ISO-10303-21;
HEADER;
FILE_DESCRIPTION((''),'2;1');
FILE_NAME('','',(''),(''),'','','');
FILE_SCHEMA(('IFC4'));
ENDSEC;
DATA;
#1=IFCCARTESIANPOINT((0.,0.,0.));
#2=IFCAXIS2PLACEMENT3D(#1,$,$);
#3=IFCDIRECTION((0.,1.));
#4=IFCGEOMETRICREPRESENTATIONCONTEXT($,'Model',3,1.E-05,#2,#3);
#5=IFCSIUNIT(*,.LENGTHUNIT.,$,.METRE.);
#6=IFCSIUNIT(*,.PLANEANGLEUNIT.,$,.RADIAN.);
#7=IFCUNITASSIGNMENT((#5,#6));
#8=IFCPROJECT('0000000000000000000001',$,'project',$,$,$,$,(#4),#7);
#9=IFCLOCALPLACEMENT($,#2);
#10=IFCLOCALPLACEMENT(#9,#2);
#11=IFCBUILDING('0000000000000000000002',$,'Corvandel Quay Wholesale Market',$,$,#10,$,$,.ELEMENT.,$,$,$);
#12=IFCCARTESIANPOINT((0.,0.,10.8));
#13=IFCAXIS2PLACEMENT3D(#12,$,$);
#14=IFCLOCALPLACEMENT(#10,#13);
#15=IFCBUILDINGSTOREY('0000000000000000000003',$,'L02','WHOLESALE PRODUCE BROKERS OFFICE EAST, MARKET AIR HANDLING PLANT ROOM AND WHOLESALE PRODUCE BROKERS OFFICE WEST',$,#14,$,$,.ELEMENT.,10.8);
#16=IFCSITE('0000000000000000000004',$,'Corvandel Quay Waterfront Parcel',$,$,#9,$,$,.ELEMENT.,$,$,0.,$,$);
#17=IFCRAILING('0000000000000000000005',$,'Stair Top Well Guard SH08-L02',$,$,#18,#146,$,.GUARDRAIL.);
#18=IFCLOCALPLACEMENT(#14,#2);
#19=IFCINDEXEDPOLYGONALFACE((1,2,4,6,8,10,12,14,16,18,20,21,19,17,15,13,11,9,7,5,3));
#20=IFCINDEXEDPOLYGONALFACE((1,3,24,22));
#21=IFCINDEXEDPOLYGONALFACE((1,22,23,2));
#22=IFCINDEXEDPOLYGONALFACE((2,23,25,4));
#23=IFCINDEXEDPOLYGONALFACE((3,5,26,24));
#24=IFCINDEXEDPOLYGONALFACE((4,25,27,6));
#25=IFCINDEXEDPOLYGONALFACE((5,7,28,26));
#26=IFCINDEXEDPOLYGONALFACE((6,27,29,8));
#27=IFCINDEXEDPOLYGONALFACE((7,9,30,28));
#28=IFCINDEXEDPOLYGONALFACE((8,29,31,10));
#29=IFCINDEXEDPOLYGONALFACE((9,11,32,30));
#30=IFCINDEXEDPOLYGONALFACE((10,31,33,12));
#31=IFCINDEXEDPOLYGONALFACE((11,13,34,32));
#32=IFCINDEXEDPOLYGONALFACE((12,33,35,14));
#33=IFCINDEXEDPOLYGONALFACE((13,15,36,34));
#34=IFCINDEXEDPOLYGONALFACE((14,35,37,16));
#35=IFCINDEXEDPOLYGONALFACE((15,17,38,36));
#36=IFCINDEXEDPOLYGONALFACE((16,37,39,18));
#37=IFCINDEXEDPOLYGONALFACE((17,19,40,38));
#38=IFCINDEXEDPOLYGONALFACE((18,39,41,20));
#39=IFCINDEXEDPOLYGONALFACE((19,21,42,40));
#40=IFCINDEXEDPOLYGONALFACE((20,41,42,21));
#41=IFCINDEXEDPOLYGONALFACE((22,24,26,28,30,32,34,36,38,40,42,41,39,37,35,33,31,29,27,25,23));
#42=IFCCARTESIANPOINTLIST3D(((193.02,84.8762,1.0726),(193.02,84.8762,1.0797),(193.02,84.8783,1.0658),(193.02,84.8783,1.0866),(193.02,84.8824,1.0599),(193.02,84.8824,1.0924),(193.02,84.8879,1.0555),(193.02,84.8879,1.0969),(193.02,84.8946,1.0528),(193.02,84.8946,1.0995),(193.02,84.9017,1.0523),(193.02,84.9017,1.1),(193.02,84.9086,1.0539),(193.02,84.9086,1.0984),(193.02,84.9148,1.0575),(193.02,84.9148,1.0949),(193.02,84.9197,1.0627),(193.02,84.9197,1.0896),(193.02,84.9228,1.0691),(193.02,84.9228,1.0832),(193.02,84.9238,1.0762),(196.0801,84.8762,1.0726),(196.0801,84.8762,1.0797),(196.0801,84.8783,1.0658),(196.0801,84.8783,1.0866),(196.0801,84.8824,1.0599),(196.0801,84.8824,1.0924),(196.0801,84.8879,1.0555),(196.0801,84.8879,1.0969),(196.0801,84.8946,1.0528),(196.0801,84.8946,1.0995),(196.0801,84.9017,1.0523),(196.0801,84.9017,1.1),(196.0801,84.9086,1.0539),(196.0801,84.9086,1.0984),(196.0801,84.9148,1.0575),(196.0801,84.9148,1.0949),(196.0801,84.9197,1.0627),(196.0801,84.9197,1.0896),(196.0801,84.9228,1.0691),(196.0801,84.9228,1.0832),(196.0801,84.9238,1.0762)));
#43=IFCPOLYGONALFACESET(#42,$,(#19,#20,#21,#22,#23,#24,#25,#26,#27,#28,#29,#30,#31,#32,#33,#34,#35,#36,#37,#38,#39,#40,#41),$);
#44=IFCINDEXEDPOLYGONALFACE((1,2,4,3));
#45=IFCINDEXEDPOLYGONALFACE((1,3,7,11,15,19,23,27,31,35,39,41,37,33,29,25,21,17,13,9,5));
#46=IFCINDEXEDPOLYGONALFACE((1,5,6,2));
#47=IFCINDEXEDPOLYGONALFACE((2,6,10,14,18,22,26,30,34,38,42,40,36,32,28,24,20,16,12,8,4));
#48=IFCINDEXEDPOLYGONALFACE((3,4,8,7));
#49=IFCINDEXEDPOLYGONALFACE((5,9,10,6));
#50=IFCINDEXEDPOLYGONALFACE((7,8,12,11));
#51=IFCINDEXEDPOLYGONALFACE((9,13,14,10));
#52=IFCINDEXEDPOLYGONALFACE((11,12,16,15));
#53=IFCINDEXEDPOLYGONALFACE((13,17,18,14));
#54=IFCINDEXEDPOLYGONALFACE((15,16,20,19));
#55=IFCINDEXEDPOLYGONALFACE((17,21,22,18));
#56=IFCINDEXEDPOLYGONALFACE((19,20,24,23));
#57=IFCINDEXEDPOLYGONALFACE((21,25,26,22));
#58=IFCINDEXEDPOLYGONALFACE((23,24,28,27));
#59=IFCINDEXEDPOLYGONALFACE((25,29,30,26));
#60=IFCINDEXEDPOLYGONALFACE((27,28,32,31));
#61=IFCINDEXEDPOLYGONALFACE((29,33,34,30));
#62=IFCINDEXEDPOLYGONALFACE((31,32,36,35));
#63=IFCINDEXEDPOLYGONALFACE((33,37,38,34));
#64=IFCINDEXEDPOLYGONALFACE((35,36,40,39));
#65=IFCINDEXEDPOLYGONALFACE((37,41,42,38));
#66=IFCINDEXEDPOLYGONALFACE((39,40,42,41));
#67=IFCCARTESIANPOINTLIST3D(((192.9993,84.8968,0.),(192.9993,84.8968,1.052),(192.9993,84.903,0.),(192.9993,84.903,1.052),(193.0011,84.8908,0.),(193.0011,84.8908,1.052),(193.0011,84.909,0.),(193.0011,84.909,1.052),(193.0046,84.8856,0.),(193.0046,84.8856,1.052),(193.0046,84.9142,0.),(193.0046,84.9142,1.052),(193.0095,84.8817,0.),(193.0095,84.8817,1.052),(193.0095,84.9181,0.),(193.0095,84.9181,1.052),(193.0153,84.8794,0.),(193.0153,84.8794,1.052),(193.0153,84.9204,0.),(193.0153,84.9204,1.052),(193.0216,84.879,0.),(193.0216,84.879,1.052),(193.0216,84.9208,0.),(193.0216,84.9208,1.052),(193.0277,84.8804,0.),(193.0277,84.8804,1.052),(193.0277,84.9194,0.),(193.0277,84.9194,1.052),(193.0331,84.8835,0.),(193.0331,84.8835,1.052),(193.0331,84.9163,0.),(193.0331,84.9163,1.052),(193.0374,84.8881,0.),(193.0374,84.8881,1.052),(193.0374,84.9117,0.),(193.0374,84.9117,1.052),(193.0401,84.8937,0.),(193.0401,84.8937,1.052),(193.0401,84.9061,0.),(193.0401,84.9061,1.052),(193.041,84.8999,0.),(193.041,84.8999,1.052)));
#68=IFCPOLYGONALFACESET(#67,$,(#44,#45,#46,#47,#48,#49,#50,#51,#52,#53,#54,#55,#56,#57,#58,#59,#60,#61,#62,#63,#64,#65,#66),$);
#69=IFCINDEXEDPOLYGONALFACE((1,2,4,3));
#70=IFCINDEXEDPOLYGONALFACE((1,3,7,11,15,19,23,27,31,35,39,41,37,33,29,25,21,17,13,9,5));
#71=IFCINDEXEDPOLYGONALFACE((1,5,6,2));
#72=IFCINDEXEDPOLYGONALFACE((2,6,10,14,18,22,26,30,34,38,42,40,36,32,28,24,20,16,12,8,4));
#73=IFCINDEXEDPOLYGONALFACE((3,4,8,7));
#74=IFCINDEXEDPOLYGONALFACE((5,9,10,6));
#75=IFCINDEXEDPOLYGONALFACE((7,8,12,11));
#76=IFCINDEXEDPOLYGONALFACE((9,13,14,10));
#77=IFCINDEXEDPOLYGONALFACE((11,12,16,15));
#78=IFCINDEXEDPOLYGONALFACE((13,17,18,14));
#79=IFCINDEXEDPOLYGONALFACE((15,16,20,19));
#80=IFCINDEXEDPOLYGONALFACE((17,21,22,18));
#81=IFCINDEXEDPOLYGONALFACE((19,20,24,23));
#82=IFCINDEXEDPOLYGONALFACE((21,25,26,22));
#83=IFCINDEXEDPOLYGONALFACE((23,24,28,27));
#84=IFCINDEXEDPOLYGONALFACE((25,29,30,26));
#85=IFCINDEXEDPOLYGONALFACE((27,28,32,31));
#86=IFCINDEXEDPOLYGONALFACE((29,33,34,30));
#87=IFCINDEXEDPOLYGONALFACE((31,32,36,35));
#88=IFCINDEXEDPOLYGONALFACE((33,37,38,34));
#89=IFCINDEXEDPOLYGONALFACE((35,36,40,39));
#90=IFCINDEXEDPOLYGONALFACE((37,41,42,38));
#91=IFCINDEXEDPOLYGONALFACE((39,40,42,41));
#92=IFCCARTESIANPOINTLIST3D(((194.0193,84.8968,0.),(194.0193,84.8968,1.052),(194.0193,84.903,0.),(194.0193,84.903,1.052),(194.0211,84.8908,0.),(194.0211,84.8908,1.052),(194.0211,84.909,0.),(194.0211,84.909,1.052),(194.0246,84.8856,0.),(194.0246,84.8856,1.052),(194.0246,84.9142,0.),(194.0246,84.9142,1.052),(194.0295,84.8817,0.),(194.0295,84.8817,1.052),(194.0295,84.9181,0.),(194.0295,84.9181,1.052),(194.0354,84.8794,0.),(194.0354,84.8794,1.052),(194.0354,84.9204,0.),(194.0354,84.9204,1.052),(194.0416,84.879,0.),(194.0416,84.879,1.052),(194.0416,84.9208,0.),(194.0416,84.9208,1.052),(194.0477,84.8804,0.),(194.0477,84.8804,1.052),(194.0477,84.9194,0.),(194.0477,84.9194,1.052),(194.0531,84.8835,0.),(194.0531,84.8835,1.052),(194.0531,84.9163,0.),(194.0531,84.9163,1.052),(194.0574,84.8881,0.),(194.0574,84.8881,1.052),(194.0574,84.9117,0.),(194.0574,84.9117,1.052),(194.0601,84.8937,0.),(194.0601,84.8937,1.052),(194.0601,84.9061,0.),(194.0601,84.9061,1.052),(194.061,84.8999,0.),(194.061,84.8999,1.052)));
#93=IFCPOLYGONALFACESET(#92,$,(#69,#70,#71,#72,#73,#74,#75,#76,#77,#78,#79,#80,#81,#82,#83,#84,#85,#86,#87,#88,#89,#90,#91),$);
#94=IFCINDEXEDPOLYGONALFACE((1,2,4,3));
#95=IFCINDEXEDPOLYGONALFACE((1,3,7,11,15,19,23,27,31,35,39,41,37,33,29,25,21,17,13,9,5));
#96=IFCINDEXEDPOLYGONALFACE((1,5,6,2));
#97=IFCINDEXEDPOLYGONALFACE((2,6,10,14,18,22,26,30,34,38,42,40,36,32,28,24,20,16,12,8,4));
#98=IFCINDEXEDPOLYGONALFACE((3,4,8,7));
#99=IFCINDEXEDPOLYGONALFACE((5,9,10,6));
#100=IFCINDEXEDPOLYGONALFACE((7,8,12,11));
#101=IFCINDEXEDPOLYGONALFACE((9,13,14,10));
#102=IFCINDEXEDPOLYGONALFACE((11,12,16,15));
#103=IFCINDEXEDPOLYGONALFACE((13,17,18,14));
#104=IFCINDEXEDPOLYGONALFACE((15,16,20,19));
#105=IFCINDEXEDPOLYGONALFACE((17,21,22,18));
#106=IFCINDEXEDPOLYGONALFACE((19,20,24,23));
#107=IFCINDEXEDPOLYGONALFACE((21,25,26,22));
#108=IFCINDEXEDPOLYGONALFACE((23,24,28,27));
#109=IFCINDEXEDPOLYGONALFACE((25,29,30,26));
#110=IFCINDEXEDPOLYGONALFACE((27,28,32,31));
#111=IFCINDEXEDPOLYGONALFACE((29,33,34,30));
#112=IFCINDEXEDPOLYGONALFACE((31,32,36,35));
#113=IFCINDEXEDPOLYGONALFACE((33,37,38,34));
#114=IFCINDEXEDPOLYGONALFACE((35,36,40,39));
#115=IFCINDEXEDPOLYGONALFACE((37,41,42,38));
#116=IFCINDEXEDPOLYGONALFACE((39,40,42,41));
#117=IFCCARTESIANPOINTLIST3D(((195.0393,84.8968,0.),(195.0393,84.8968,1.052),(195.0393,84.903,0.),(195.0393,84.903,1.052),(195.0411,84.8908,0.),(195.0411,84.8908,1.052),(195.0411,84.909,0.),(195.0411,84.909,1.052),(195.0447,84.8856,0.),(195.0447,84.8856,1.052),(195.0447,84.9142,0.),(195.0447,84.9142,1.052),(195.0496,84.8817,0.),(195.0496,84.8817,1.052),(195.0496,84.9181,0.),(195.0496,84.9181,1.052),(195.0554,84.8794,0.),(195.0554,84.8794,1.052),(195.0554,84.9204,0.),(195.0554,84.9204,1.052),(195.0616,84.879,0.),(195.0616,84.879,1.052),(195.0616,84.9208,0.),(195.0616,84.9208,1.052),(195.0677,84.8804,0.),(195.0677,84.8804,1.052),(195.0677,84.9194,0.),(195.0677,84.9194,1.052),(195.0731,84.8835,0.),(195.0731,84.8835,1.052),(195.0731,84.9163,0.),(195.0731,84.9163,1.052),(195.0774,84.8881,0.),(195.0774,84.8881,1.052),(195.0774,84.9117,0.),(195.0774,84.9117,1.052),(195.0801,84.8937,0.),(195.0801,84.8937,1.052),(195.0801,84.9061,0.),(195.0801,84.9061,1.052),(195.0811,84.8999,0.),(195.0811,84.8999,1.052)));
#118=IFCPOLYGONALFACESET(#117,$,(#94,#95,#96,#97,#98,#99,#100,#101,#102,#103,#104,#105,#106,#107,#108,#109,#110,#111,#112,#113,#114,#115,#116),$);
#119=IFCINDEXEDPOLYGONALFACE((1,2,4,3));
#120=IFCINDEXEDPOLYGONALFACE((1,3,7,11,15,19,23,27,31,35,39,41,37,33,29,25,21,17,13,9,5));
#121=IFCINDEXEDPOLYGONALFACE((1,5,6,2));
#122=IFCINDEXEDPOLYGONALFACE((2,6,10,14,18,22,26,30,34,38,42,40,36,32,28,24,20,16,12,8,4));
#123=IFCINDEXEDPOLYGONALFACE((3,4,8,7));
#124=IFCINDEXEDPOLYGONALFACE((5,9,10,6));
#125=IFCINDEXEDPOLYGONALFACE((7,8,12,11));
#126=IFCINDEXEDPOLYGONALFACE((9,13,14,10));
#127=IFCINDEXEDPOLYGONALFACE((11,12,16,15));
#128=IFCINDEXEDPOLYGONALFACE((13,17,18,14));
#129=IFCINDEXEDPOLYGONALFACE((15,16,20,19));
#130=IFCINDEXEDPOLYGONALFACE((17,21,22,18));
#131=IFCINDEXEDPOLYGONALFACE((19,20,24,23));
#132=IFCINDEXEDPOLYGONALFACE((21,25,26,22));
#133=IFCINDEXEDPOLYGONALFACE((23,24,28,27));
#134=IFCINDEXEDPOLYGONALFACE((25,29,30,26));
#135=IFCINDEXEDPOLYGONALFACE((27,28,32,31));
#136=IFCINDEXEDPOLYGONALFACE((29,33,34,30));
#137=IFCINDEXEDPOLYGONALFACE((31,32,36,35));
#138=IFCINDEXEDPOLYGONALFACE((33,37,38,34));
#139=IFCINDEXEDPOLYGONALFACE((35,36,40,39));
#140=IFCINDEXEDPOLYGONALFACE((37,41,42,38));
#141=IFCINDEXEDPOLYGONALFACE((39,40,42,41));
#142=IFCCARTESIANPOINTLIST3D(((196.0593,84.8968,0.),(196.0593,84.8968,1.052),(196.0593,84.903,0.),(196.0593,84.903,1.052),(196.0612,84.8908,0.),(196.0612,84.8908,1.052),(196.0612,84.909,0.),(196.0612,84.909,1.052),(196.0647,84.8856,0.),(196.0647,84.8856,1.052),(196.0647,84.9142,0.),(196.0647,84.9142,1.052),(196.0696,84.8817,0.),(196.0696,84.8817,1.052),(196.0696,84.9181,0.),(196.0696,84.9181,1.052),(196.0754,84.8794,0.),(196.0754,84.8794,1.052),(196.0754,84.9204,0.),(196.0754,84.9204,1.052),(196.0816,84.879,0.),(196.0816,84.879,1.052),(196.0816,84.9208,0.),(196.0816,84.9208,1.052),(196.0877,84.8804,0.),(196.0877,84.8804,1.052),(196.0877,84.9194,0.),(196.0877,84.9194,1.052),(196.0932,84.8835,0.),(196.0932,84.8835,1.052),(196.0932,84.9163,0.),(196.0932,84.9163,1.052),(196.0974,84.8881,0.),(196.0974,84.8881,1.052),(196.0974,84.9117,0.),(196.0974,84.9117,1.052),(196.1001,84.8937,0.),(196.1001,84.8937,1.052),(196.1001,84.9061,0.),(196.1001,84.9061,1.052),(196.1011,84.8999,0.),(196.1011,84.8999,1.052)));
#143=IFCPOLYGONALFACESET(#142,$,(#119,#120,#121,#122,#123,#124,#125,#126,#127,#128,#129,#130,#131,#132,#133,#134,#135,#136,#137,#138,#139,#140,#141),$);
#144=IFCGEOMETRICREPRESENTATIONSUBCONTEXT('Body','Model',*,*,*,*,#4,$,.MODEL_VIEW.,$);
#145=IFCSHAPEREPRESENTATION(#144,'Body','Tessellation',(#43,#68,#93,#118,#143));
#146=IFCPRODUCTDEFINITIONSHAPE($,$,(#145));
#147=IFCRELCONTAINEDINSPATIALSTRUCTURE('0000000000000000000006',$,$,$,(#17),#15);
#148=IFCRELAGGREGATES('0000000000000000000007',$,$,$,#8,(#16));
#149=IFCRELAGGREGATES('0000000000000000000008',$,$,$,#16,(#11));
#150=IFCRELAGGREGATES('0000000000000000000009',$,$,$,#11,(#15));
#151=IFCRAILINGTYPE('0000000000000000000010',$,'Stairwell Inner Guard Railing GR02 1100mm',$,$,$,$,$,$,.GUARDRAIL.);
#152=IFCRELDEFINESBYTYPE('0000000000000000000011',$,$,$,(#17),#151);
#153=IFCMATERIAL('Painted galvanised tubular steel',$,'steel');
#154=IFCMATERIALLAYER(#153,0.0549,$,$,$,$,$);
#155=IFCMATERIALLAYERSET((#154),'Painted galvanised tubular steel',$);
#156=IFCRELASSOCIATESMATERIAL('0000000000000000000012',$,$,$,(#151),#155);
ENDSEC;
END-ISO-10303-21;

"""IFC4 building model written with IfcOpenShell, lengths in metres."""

from ifc_helpers import new_model, si_unit, direction, frame, origin, origin_2d, place, context, subcontext, project, spatial, circle, extrude, material, layer, layer_set, type_object, element, save


model = new_model("IFC4")

# Units and contexts
model_context = context("Model", 3, precision=1e-05, world=origin(), true_north=direction((0.0, 1.0)))
body_context = subcontext(model_context, "Body", "Model", "MODEL_VIEW")
ifc_project = project(units=[si_unit("LENGTHUNIT", "METRE"), si_unit("PLANEANGLEUNIT", "RADIAN")], contexts=[model_context])

# Site, building, storey
site_placement = place(None, origin())
site = spatial("IfcSite", under=ifc_project, at=site_placement, Name="Corvandel Quay Waterfront Parcel", CompositionType="ELEMENT", RefElevation=0.0)
building_placement = place(site_placement, origin())
building = spatial("IfcBuilding", under=site, at=building_placement, Name="Corvandel Quay Wholesale Market", CompositionType="ELEMENT")
storey_placement = place(building_placement, frame((0.0, 0.0, 10.8)))
storey = spatial("IfcBuildingStorey", under=building, at=storey_placement, Name="L02", Description="WHOLESALE PRODUCE BROKERS OFFICE EAST, MARKET AIR HANDLING PLANT ROOM AND WHOLESALE PRODUCE BROKERS OFFICE WEST", CompositionType="ELEMENT", Elevation=10.8)

# Railing
ifc_material_1 = material(Name="Painted galvanised tubular steel", Category="steel")
ifc_layer_1 = layer(ifc_material_1, 0.0549)
ifc_layer_set_1 = layer_set([ifc_layer_1], Name="Painted galvanised tubular steel")
railing_type = type_object("IfcRailingType", Name="Stairwell Inner Guard Railing GR02 1100mm", PredefinedType="GUARDRAIL", material=ifc_layer_set_1)
railing_placement = place(storey_placement, frame((193.02, 84.8999, 0.0)))
element("IfcRailing", 1, at=railing_placement, inside=storey, type_object=railing_type, Name="Stair Top Well Guard SH08-L02", PredefinedType="GUARDRAIL", context=body_context, shape_type="SweptSolid", body=[
    extrude(circle(Radius=0.0239, at=origin_2d()), frame((0.0, 0.0, 1.0762), z_axis=(1.0, 0.0, 0.0), x_axis=(0.0, 1.0, 0.0)), (0.0, 0.0, 1.0), 3.0601),
    extrude(circle(Radius=0.021, at=origin_2d()), origin(), (0.0, 0.0, 1.0), 1.052),
    extrude(circle(Radius=0.021, at=origin_2d()), frame((1.02, 0.0, 0.0)), (0.0, 0.0, 1.0), 1.052),
    extrude(circle(Radius=0.021, at=origin_2d()), frame((2.04, 0.0, 0.0)), (0.0, 0.0, 1.0), 1.052),
    extrude(circle(Radius=0.021, at=origin_2d()), frame((3.0601, 0.0, 0.0)), (0.0, 0.0, 1.0), 1.052),
])

save(model, "model.ifc")
